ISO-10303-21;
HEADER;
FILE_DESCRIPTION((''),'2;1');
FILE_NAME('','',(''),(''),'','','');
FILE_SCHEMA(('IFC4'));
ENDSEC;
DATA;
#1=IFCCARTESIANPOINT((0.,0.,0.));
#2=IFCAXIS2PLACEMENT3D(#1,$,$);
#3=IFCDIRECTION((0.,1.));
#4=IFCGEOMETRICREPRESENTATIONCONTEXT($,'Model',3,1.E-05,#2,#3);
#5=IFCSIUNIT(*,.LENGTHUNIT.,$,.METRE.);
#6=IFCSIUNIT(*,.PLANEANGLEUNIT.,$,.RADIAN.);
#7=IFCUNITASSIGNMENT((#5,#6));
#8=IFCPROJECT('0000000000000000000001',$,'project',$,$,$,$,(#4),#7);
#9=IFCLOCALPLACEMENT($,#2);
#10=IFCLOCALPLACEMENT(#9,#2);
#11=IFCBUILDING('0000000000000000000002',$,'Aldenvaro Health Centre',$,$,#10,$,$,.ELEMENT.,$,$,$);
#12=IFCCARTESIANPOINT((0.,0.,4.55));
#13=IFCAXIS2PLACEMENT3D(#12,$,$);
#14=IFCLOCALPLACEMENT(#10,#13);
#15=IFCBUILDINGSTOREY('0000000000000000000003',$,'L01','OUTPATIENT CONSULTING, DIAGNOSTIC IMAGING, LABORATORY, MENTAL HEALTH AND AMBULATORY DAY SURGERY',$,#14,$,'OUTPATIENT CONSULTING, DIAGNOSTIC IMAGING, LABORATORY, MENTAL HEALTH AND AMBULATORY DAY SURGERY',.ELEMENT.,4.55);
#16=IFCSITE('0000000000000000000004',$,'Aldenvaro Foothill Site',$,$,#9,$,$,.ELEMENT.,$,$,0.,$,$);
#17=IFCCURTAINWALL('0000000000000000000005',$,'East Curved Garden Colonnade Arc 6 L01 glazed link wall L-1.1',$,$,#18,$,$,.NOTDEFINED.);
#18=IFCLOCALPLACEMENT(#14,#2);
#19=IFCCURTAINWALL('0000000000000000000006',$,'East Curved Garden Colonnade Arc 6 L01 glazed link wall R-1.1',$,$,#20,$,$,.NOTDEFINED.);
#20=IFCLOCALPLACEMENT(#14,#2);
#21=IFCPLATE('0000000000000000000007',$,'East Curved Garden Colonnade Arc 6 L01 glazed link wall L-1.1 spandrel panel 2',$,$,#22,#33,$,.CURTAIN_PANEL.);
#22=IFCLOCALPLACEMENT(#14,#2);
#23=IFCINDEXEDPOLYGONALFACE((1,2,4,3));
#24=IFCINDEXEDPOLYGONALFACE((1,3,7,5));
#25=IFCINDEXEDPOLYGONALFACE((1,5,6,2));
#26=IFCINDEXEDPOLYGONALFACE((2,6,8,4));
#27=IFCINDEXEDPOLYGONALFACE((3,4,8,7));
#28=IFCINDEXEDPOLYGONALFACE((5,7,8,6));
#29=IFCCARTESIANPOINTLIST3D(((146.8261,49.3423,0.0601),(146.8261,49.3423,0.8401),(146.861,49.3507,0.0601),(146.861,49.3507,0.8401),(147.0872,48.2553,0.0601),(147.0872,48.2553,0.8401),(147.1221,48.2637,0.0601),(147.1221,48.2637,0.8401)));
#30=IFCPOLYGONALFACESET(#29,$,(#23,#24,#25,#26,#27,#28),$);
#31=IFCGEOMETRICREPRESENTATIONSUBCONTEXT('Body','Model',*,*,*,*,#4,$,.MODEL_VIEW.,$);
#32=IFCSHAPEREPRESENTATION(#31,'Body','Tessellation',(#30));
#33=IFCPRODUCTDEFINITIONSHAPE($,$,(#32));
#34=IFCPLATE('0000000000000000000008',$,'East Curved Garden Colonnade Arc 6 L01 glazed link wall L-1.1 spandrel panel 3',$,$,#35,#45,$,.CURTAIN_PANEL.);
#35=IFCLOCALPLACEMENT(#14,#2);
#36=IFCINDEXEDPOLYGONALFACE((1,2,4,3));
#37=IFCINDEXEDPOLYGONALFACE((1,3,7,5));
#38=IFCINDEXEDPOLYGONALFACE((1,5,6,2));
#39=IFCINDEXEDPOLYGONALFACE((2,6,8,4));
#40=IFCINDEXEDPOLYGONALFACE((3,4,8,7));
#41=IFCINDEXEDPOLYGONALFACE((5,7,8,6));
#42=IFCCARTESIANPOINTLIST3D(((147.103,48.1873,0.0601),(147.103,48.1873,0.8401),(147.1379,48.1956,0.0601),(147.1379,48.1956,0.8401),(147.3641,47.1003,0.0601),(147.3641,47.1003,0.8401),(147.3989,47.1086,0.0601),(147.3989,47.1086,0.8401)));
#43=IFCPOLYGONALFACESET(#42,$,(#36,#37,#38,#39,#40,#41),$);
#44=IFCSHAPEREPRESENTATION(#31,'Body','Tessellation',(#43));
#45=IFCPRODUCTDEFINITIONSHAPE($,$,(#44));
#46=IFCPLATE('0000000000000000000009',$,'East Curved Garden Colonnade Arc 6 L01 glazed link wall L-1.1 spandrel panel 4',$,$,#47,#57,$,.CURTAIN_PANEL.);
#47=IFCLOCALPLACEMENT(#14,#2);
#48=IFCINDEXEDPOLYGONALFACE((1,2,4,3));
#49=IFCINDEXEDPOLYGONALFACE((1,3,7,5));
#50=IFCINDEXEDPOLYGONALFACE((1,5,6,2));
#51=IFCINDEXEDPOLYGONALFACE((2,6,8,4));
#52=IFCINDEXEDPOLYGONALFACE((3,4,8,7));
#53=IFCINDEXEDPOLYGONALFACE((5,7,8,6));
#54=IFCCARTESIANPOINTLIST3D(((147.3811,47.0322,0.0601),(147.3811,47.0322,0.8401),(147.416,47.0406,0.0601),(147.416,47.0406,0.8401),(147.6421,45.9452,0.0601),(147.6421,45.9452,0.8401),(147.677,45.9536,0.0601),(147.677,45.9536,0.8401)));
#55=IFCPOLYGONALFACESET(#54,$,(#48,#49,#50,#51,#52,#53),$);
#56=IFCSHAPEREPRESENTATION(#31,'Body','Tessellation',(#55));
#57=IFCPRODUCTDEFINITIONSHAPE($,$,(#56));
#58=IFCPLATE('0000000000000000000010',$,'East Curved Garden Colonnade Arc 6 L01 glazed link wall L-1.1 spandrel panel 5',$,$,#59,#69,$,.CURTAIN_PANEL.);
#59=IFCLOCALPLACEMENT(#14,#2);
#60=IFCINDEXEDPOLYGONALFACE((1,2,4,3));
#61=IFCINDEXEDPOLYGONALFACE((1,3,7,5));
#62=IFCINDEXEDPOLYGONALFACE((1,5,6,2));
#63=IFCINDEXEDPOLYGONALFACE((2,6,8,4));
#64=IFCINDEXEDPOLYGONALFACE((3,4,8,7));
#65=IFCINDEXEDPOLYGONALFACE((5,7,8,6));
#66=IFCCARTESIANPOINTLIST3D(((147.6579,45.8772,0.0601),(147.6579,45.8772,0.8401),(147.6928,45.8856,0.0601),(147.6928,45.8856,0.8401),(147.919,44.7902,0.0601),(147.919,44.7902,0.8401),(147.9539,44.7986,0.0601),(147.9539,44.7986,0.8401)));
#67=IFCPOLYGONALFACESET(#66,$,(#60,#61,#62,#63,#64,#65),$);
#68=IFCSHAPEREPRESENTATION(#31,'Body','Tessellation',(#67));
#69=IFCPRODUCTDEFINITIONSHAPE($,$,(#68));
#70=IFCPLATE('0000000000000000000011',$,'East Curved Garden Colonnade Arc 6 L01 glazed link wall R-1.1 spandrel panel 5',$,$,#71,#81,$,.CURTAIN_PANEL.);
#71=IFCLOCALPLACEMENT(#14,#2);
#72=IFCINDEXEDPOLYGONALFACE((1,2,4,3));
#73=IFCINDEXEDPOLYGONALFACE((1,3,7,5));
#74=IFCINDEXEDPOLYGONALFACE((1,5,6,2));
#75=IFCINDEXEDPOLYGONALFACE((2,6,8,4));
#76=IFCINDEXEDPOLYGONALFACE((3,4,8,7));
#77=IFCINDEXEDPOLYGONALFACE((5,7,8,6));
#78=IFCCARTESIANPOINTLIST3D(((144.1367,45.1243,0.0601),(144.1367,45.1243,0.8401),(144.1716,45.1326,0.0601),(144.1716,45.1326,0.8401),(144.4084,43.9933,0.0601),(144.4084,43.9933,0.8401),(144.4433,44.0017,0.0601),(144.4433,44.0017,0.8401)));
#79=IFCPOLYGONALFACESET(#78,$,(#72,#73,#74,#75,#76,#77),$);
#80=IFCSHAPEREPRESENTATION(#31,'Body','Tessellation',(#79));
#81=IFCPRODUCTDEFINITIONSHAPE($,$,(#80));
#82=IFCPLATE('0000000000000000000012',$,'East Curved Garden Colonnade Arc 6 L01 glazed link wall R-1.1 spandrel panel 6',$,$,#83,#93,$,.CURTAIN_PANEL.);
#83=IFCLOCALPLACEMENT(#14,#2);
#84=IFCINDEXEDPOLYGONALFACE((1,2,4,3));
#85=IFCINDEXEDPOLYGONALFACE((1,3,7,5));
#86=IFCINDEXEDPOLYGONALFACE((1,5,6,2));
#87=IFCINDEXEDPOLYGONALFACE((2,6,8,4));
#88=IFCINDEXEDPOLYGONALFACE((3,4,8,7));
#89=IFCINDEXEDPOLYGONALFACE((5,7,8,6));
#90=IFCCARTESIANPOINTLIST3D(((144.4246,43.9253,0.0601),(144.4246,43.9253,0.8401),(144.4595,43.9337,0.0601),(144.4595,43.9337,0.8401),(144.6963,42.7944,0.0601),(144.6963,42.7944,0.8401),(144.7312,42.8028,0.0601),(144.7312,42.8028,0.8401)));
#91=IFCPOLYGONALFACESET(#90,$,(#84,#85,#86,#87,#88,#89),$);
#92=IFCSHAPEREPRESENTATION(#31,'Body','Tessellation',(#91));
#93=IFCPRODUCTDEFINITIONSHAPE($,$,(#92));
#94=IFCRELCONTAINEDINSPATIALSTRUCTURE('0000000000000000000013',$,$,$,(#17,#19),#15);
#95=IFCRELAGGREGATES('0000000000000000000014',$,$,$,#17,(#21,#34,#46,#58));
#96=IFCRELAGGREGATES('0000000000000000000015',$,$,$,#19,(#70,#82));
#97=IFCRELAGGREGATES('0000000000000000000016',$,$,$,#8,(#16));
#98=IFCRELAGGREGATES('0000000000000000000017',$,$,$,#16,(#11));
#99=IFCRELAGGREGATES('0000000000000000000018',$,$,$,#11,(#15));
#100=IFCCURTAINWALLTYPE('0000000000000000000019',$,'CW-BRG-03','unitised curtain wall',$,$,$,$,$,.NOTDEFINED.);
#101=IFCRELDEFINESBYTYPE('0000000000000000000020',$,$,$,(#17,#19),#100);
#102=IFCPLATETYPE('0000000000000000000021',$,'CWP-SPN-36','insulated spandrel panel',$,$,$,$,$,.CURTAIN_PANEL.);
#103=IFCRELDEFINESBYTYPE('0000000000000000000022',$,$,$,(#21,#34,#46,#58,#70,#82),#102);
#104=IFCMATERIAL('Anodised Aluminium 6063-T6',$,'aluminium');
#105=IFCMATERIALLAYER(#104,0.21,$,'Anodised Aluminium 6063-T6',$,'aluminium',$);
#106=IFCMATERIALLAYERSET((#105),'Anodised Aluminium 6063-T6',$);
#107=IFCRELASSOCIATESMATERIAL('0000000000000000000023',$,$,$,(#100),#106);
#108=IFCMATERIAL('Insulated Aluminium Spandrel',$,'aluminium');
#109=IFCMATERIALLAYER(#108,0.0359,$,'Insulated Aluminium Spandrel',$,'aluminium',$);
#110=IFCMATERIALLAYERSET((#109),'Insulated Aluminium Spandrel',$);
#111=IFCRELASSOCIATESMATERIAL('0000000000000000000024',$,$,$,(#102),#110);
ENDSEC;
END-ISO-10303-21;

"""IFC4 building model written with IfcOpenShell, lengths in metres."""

from ifc_helpers import new_model, si_unit, direction, frame, origin, origin_2d, place, context, subcontext, project, spatial, rectangle, extrude, material, layer, layer_set, type_object, element, aggregate, save


model = new_model("IFC4")

# Units and contexts
model_context = context("Model", 3, precision=1e-05, world=origin(), true_north=direction((0.0, 1.0)))
body_context = subcontext(model_context, "Body", "Model", "MODEL_VIEW")
ifc_project = project(units=[si_unit("LENGTHUNIT", "METRE"), si_unit("PLANEANGLEUNIT", "RADIAN")], contexts=[model_context])

# Site, building, storey
site_placement = place(None, origin())
site = spatial("IfcSite", under=ifc_project, at=site_placement, Name="Aldenvaro Foothill Site", CompositionType="ELEMENT", RefElevation=0.0)
building_placement = place(site_placement, origin())
building = spatial("IfcBuilding", under=site, at=building_placement, Name="Aldenvaro Health Centre", CompositionType="ELEMENT")
storey_placement = place(building_placement, frame((0.0, 0.0, 4.55)))
storey = spatial("IfcBuildingStorey", under=building, at=storey_placement, Name="L01", Description="OUTPATIENT CONSULTING, DIAGNOSTIC IMAGING, LABORATORY, MENTAL HEALTH AND AMBULATORY DAY SURGERY", LongName="OUTPATIENT CONSULTING, DIAGNOSTIC IMAGING, LABORATORY, MENTAL HEALTH AND AMBULATORY DAY SURGERY", CompositionType="ELEMENT", Elevation=4.55)

# Curtain walls
ifc_material_1 = material(Name="Anodised Aluminium 6063-T6", Category="aluminium")
ifc_layer_1 = layer(ifc_material_1, 0.21, Name="Anodised Aluminium 6063-T6", Category="aluminium")
ifc_layer_set_1 = layer_set([ifc_layer_1], Name="Anodised Aluminium 6063-T6")
curtain_wall_type = type_object("IfcCurtainWallType", Name="CW-BRG-03", Description="unitised curtain wall", PredefinedType="NOTDEFINED", material=ifc_layer_set_1)
curtain_wall_1_placement = place(storey_placement, origin())
curtain_wall_1 = element("IfcCurtainWall", 1, at=curtain_wall_1_placement, inside=storey, type_object=curtain_wall_type, Name="East Curved Garden Colonnade Arc 6 L01 glazed link wall L-1.1", PredefinedType="NOTDEFINED")
curtain_wall_2_placement = place(storey_placement, origin())
curtain_wall_2 = element("IfcCurtainWall", 2, at=curtain_wall_2_placement, inside=storey, type_object=curtain_wall_type, Name="East Curved Garden Colonnade Arc 6 L01 glazed link wall R-1.1", PredefinedType="NOTDEFINED")

# Plates
ifc_material_2 = material(Name="Insulated Aluminium Spandrel", Category="aluminium")
ifc_layer_2 = layer(ifc_material_2, 0.0359, Name="Insulated Aluminium Spandrel", Category="aluminium")
ifc_layer_set_2 = layer_set([ifc_layer_2], Name="Insulated Aluminium Spandrel")
plate_type_1 = type_object("IfcPlateType", Name="CWP-SPN-36", Description="insulated spandrel panel", PredefinedType="CURTAIN_PANEL", material=ifc_layer_set_2)
plate_1_placement = place(storey_placement, frame((146.9741, 48.803, 0.0601), z_axis=(0.0, 0.0, 1.0), x_axis=(0.233511, -0.972354, 0.0)))
plate_1 = element("IfcPlate", 3, at=plate_1_placement, type_object=plate_type_1, Name="East Curved Garden Colonnade Arc 6 L01 glazed link wall L-1.1 spandrel panel 2", PredefinedType="CURTAIN_PANEL", context=body_context, shape_type="SweptSolid", body=[
    extrude(rectangle(XDim=1.1179, YDim=0.0359, at=origin_2d()), origin(), (0.0, 0.0, 1.0), 0.78),
])
plate_2_placement = place(storey_placement, frame((147.251, 47.6479, 0.0601), z_axis=(0.0, 0.0, 1.0), x_axis=(0.233511, -0.972354, 0.0)))
plate_2 = element("IfcPlate", 4, at=plate_2_placement, type_object=plate_type_1, Name="East Curved Garden Colonnade Arc 6 L01 glazed link wall L-1.1 spandrel panel 3", PredefinedType="CURTAIN_PANEL", context=body_context, shape_type="SweptSolid", body=[
    extrude(rectangle(XDim=1.1179, YDim=0.0359, at=origin_2d()), origin(), (0.0, 0.0, 1.0), 0.78),
])
plate_3_placement = place(storey_placement, frame((147.5291, 46.4929, 0.0601), z_axis=(0.0, 0.0, 1.0), x_axis=(0.233511, -0.972354, 0.0)))
plate_3 = element("IfcPlate", 5, at=plate_3_placement, type_object=plate_type_1, Name="East Curved Garden Colonnade Arc 6 L01 glazed link wall L-1.1 spandrel panel 4", PredefinedType="CURTAIN_PANEL", context=body_context, shape_type="SweptSolid", body=[
    extrude(rectangle(XDim=1.1179, YDim=0.0359, at=origin_2d()), origin(), (0.0, 0.0, 1.0), 0.78),
])
plate_4_placement = place(storey_placement, frame((147.8059, 45.3379, 0.0601), z_axis=(0.0, 0.0, 1.0), x_axis=(0.233511, -0.972354, 0.0)))
plate_4 = element("IfcPlate", 6, at=plate_4_placement, type_object=plate_type_1, Name="East Curved Garden Colonnade Arc 6 L01 glazed link wall L-1.1 spandrel panel 5", PredefinedType="CURTAIN_PANEL", context=body_context, shape_type="SweptSolid", body=[
    extrude(rectangle(XDim=1.1179, YDim=0.0359, at=origin_2d()), origin(), (0.0, 0.0, 1.0), 0.78),
])
aggregate(curtain_wall_1, [plate_1, plate_2, plate_3, plate_4])
plate_5_placement = place(storey_placement, frame((144.29, 44.563, 0.0601), z_axis=(0.0, 0.0, 1.0), x_axis=(0.233588, -0.972336, 0.0)))
plate_5 = element("IfcPlate", 7, at=plate_5_placement, type_object=plate_type_1, Name="East Curved Garden Colonnade Arc 6 L01 glazed link wall R-1.1 spandrel panel 5", PredefinedType="CURTAIN_PANEL", context=body_context, shape_type="SweptSolid", body=[
    extrude(rectangle(XDim=1.1631, YDim=0.0359, at=origin_2d()), origin(), (0.0, 0.0, 1.0), 0.78),
])
plate_6_placement = place(storey_placement, frame((144.5779, 43.364, 0.0601), z_axis=(0.0, 0.0, 1.0), x_axis=(0.233588, -0.972336, 0.0)))
plate_6 = element("IfcPlate", 8, at=plate_6_placement, type_object=plate_type_1, Name="East Curved Garden Colonnade Arc 6 L01 glazed link wall R-1.1 spandrel panel 6", PredefinedType="CURTAIN_PANEL", context=body_context, shape_type="SweptSolid", body=[
    extrude(rectangle(XDim=1.1631, YDim=0.0359, at=origin_2d()), origin(), (0.0, 0.0, 1.0), 0.78),
])
aggregate(curtain_wall_2, [plate_5, plate_6])

save(model, "model.ifc")
